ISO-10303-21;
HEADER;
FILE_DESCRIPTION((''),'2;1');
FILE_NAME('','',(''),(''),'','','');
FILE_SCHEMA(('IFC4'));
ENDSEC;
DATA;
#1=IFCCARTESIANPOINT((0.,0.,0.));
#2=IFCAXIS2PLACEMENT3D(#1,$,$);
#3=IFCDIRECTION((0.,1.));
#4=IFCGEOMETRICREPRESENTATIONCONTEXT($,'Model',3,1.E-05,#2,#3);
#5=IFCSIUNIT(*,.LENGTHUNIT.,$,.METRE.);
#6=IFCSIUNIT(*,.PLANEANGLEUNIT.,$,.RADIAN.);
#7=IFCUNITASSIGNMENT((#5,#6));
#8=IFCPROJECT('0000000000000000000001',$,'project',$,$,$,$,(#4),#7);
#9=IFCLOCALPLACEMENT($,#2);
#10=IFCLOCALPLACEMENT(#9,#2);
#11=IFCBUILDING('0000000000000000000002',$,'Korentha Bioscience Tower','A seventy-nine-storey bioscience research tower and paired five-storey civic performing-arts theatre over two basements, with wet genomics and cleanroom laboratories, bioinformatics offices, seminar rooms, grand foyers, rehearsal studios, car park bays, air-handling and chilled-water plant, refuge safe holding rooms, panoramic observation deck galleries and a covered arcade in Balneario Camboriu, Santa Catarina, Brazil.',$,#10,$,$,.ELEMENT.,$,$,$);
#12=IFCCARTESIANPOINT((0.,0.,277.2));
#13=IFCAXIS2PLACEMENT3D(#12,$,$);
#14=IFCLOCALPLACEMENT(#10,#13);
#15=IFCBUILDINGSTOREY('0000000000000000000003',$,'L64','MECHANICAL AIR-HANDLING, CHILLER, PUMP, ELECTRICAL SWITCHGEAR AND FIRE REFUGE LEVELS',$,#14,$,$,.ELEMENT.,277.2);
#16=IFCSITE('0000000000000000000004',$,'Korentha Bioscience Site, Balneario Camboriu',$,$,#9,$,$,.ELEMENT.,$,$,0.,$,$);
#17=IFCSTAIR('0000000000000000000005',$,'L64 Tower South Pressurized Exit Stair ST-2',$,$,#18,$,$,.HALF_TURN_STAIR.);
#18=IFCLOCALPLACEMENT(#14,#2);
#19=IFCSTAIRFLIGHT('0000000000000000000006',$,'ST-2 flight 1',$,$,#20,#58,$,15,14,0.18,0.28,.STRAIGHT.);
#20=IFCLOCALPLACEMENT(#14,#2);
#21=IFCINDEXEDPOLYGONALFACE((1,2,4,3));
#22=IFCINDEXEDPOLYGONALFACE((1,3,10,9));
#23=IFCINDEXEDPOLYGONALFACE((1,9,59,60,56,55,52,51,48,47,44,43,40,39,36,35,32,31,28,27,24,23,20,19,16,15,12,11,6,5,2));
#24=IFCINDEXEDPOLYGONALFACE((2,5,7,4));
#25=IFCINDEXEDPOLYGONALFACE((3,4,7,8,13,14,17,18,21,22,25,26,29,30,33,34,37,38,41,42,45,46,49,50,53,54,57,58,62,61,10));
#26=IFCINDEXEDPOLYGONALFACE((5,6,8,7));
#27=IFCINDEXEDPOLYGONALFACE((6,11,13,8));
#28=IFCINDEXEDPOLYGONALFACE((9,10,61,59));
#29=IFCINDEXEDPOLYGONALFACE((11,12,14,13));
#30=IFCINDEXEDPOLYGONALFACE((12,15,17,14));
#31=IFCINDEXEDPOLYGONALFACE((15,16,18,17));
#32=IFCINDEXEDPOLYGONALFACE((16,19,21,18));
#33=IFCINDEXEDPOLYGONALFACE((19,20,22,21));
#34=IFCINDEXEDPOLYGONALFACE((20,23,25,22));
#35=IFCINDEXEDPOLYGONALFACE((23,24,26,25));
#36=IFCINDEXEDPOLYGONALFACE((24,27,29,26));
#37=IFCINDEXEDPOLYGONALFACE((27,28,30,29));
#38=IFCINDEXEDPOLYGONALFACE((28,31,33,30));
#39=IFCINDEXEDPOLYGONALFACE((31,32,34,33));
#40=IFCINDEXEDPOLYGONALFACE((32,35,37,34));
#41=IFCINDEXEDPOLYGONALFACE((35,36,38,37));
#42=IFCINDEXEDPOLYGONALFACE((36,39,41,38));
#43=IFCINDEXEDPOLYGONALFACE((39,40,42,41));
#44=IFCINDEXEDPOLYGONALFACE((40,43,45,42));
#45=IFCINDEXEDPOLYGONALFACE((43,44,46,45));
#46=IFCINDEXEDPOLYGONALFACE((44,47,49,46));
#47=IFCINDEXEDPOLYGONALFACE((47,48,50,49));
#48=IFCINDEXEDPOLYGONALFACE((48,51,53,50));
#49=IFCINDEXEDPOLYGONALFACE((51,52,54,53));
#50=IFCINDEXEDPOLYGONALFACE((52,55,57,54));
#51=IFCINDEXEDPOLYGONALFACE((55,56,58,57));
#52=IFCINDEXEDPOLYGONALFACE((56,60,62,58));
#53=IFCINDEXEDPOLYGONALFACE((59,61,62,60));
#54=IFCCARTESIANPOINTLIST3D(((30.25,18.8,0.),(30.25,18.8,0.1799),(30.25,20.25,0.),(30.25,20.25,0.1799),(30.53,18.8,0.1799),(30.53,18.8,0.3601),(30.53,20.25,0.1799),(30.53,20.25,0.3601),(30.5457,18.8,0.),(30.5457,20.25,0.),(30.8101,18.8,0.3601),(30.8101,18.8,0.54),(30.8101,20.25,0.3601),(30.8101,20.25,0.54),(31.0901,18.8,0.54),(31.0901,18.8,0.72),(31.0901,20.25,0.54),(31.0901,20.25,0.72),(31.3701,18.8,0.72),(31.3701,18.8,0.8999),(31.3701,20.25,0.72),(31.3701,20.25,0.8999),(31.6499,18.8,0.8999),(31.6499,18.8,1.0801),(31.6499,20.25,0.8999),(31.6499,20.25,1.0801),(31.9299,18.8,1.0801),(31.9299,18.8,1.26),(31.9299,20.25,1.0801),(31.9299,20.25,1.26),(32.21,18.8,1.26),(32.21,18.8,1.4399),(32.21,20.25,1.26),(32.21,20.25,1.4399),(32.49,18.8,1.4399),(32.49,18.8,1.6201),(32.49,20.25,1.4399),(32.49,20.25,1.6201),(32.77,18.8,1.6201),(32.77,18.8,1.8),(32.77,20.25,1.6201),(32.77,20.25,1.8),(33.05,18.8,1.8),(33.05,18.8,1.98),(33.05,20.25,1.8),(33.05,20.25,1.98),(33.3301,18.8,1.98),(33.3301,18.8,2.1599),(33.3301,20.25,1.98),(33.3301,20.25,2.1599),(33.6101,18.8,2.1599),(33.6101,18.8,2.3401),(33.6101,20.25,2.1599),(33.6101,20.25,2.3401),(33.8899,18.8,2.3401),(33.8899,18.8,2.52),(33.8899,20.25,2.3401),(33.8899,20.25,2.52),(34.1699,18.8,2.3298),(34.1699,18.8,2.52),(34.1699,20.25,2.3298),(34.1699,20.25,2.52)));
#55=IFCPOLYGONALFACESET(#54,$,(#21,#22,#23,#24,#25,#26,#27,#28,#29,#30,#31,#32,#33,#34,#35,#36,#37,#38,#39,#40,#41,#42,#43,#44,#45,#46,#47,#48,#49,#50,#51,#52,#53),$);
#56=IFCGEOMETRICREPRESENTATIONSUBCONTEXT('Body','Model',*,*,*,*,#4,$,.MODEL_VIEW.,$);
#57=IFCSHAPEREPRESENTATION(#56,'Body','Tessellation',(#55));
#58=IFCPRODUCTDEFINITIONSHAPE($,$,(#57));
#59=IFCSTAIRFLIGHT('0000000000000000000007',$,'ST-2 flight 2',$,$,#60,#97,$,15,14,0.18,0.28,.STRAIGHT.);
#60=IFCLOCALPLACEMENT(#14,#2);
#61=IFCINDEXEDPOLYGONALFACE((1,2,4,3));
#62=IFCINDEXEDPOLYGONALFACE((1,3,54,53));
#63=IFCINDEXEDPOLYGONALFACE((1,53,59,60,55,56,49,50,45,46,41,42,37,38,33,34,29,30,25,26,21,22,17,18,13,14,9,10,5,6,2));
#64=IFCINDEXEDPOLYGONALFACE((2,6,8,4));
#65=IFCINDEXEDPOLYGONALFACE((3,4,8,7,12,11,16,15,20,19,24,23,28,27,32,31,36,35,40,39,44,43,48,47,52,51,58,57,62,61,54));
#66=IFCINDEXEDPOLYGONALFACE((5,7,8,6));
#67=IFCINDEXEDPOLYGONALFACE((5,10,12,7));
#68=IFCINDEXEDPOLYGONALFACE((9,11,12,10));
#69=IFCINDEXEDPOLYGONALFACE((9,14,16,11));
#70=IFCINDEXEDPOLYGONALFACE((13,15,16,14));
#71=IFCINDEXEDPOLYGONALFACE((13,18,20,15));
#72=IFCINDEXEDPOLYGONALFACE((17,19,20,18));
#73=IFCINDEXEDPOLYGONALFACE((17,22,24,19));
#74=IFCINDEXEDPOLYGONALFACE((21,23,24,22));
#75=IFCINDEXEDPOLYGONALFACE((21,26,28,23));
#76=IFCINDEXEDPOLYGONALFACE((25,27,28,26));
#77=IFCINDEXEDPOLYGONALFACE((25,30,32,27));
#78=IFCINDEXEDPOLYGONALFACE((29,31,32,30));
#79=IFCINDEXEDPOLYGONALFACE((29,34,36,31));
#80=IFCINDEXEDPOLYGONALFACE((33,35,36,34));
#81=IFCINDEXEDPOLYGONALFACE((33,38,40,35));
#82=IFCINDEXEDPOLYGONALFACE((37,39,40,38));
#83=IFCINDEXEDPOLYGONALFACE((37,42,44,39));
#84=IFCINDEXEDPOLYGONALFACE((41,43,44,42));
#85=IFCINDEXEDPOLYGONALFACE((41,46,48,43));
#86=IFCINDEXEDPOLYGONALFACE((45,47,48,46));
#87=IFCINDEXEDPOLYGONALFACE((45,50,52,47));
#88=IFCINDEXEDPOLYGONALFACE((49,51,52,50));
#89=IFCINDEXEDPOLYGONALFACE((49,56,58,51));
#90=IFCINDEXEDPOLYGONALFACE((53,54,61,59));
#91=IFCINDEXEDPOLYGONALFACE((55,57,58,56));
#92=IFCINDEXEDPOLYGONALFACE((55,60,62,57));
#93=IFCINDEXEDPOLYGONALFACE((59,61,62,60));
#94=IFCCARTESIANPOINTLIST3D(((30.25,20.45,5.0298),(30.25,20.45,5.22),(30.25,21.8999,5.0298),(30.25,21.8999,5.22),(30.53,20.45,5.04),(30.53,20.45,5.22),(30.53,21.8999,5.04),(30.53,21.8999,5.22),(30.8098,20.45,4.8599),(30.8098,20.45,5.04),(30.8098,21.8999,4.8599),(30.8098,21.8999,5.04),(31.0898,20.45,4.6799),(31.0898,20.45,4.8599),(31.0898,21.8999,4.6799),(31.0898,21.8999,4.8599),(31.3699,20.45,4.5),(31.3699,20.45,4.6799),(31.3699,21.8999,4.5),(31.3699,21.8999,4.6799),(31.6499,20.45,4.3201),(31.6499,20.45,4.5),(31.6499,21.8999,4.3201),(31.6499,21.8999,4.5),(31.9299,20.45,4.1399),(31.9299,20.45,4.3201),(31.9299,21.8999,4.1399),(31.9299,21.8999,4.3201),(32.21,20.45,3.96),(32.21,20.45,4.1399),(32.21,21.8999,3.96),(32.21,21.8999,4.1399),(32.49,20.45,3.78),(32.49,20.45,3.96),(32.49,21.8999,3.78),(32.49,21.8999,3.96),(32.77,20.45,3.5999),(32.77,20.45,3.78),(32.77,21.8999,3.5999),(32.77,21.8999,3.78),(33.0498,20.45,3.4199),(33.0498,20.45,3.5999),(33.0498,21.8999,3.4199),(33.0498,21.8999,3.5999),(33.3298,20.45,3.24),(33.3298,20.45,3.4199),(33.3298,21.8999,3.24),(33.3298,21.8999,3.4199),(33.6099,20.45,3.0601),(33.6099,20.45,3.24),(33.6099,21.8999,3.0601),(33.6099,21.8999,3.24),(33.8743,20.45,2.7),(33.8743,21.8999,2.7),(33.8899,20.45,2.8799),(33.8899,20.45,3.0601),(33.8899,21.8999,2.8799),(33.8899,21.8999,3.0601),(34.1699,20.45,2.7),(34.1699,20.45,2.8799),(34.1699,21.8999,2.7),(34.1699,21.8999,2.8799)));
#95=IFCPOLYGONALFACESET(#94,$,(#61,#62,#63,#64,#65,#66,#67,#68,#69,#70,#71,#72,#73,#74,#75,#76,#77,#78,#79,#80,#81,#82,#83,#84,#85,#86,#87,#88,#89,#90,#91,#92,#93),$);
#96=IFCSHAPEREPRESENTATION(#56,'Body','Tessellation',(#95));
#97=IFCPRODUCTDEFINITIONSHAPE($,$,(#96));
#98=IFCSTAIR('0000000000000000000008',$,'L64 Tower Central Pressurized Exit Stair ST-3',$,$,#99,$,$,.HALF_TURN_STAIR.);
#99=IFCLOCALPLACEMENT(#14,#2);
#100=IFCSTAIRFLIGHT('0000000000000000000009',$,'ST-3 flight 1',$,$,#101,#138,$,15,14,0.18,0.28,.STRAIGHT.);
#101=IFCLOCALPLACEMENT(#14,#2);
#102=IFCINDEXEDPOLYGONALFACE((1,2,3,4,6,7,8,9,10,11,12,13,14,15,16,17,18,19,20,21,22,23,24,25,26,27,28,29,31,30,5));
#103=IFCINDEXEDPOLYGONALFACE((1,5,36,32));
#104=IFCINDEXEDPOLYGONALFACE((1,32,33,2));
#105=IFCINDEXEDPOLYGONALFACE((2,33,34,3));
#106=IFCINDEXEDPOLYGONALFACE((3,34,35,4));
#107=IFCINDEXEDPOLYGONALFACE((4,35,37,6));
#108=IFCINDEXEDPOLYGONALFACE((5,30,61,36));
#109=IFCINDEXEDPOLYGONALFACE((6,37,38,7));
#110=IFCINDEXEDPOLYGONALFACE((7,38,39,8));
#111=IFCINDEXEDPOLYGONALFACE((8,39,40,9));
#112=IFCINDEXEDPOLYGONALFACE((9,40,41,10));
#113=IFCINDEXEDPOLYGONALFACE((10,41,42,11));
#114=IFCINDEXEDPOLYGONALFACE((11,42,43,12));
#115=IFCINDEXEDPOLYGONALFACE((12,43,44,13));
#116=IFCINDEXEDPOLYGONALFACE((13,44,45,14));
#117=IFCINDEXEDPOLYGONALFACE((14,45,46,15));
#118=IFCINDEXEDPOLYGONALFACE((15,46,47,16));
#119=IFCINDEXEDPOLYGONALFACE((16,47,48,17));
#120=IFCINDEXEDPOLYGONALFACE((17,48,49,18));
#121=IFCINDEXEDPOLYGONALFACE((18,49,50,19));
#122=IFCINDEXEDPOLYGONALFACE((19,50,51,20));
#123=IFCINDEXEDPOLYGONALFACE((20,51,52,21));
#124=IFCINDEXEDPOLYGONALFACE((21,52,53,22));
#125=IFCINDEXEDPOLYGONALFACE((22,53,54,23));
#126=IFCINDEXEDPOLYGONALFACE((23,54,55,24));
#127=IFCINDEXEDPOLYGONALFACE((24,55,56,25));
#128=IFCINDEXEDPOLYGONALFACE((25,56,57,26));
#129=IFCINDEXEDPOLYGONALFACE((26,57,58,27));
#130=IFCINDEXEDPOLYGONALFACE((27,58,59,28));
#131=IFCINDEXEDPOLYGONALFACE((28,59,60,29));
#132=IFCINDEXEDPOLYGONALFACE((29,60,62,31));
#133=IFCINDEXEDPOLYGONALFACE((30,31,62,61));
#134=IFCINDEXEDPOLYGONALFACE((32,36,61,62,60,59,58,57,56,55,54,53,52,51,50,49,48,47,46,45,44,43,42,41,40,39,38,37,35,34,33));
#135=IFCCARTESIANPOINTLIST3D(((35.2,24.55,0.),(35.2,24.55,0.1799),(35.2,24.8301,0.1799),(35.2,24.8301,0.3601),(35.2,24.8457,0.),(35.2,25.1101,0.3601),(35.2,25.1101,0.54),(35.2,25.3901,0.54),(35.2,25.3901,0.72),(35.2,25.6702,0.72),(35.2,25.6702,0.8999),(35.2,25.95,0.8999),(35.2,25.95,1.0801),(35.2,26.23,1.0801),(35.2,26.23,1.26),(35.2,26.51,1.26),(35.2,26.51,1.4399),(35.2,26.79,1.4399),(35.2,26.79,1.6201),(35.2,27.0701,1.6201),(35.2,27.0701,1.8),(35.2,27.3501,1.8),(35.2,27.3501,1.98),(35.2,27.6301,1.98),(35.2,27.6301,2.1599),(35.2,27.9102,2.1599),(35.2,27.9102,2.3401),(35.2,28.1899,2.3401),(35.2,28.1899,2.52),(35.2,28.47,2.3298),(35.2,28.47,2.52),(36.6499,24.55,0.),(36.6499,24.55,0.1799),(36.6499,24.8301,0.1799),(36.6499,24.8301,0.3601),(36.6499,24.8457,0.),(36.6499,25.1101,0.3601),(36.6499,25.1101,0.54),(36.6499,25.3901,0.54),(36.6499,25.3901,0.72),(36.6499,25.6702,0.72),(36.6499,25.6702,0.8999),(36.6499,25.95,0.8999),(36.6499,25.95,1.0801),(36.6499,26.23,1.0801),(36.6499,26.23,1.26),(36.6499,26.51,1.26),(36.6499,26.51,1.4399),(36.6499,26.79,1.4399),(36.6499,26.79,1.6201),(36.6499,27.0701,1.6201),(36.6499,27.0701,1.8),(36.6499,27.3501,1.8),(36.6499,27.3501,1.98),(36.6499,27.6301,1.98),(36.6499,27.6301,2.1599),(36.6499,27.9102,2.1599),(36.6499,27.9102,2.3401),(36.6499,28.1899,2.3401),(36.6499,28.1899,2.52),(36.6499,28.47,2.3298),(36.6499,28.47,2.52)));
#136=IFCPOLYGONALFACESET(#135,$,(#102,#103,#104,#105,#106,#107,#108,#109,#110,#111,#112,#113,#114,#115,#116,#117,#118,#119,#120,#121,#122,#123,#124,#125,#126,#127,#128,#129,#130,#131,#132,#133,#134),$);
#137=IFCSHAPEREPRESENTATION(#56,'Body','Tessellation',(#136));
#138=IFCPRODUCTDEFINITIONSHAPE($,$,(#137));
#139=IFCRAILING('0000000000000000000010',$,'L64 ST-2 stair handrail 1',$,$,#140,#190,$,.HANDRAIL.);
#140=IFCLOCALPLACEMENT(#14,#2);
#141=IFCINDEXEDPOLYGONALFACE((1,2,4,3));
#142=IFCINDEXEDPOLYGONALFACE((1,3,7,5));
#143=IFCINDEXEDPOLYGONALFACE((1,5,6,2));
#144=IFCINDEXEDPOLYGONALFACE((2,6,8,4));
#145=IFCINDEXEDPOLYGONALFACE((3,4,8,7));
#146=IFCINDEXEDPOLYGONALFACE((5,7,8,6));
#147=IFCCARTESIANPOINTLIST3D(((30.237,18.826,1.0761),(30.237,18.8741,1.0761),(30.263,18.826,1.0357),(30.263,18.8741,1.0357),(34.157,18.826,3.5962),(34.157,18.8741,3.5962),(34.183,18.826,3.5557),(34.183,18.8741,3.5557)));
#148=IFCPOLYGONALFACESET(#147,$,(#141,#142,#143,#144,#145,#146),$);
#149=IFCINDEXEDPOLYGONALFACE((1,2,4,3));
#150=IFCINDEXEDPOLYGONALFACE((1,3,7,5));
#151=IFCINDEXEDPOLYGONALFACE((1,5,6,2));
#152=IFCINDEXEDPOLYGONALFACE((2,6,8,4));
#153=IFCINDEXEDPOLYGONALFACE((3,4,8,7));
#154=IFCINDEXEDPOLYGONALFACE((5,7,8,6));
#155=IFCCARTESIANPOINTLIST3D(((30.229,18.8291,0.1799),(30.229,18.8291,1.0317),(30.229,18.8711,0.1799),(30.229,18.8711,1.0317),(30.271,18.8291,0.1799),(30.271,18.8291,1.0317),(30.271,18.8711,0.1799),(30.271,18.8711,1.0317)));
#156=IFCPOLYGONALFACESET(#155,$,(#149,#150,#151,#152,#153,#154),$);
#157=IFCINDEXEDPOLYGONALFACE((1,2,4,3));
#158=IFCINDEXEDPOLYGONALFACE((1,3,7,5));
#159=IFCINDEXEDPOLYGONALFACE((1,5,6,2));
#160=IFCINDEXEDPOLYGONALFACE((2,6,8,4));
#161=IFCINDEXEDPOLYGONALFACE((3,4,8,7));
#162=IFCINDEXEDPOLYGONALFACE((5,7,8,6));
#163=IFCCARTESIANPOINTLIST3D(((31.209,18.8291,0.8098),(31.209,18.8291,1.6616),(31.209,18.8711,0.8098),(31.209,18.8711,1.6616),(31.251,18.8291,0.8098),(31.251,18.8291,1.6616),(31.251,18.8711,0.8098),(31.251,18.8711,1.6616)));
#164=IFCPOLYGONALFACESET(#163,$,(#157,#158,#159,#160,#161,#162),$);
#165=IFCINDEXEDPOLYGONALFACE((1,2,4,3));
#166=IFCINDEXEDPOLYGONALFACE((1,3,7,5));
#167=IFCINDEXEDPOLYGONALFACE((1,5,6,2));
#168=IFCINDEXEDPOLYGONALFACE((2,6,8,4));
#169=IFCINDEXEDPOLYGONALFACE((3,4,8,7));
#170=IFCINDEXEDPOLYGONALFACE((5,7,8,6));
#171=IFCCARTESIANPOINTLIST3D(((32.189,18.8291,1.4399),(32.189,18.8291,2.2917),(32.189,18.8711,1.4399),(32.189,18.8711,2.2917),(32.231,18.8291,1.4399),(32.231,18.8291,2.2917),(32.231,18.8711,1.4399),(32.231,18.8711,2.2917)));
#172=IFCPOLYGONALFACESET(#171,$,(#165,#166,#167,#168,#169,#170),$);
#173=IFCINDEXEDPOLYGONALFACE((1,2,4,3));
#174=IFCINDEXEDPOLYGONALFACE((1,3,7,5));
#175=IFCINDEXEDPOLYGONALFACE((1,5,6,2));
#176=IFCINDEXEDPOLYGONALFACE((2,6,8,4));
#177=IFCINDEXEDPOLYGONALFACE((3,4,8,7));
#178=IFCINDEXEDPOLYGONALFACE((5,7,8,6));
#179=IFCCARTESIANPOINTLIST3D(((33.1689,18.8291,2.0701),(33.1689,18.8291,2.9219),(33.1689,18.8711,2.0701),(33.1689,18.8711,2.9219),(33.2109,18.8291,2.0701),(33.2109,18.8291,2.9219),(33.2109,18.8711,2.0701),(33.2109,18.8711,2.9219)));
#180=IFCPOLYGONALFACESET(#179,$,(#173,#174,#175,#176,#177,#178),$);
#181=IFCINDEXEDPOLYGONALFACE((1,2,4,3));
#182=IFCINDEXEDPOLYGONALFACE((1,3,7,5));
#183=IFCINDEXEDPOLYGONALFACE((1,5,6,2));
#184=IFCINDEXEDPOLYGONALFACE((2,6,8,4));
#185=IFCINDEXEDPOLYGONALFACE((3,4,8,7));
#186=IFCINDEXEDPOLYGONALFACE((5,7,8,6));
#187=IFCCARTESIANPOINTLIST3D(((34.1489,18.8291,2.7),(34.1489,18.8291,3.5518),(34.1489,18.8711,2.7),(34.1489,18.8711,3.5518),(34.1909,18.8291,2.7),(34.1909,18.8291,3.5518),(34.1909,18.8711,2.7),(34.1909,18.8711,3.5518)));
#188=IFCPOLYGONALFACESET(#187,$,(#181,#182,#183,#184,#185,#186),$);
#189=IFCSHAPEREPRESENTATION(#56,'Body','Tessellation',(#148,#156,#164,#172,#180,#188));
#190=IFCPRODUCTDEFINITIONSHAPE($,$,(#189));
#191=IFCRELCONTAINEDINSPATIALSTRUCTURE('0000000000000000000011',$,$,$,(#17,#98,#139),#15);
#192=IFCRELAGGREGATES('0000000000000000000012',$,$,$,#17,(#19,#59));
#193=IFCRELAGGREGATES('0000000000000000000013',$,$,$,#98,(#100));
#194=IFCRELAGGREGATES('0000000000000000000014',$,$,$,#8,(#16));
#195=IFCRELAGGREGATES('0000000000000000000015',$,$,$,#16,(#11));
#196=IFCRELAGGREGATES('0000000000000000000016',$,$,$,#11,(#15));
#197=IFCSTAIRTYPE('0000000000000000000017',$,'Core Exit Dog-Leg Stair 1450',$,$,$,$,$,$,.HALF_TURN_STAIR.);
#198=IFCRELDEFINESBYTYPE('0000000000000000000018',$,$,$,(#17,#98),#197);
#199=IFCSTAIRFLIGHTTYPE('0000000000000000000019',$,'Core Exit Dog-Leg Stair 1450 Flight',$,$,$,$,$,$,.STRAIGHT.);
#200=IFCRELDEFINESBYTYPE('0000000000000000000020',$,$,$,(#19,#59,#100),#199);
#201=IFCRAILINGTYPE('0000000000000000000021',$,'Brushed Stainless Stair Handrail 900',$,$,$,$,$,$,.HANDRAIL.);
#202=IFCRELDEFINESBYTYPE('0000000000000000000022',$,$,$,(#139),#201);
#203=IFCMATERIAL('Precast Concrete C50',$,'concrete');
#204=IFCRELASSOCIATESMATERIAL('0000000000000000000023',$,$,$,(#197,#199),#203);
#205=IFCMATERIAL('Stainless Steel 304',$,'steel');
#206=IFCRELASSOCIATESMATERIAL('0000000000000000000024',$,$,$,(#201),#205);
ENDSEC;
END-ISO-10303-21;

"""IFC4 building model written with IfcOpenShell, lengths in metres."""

from ifc_helpers import new_model, si_unit, direction, frame, origin, origin_2d, place, context, subcontext, project, spatial, polyline, rectangle, outline, extrude, material, type_object, element, aggregate, save


model = new_model("IFC4")

# Units and contexts
model_context = context("Model", 3, precision=1e-05, world=origin(), true_north=direction((0.0, 1.0)))
body_context = subcontext(model_context, "Body", "Model", "MODEL_VIEW")
ifc_project = project(units=[si_unit("LENGTHUNIT", "METRE"), si_unit("PLANEANGLEUNIT", "RADIAN")], contexts=[model_context])

# Site, building, storey
site_placement = place(None, origin())
site = spatial("IfcSite", under=ifc_project, at=site_placement, Name="Korentha Bioscience Site, Balneario Camboriu", CompositionType="ELEMENT", RefElevation=0.0)
building_placement = place(site_placement, origin())
building = spatial("IfcBuilding", under=site, at=building_placement, Name="Korentha Bioscience Tower", Description="A seventy-nine-storey bioscience research tower and paired five-storey civic performing-arts theatre over two basements, with wet genomics and cleanroom laboratories, bioinformatics offices, seminar rooms, grand foyers, rehearsal studios, car park bays, air-handling and chilled-water plant, refuge safe holding rooms, panoramic observation deck galleries and a covered arcade in Balneario Camboriu, Santa Catarina, Brazil.", CompositionType="ELEMENT")
storey_placement = place(building_placement, frame((0.0, 0.0, 277.2)))
storey = spatial("IfcBuildingStorey", under=building, at=storey_placement, Name="L64", Description="MECHANICAL AIR-HANDLING, CHILLER, PUMP, ELECTRICAL SWITCHGEAR AND FIRE REFUGE LEVELS", CompositionType="ELEMENT", Elevation=277.2)

# Stair, stair flights
ifc_material_1 = material(Name="Precast Concrete C50", Category="concrete")
stair_type = type_object("IfcStairType", Name="Core Exit Dog-Leg Stair 1450", PredefinedType="HALF_TURN_STAIR", material=ifc_material_1)
stair_1_placement = place(storey_placement, origin())
stair_1 = element("IfcStair", 1, at=stair_1_placement, inside=storey, type_object=stair_type, Name="L64 Tower South Pressurized Exit Stair ST-2", PredefinedType="HALF_TURN_STAIR")
stair_flight_type = type_object("IfcStairFlightType", Name="Core Exit Dog-Leg Stair 1450 Flight", PredefinedType="STRAIGHT", material=ifc_material_1)
stair_flight_1_placement = place(storey_placement, frame((30.25, 19.5249, 0.0), z_axis=(0.0, 0.0, 1.0), x_axis=(1.0, 0.0, 0.0)))
stair_flight_1 = element("IfcStairFlight", 2, at=stair_flight_1_placement, type_object=stair_flight_type, Name="ST-2 flight 1", NumberOfRisers=15, NumberOfTreads=14, PredefinedType="STRAIGHT", RiserHeight=0.18, TreadLength=0.28, context=body_context, shape_type="SweptSolid", body=[
    extrude(outline(polyline([(0.0, 0.0), (0.0, 0.1799), (0.28, 0.1799), (0.28, 0.3601), (0.5601, 0.3601), (0.5601, 0.54), (0.8401, 0.54), (0.8401, 0.72), (1.1201, 0.72), (1.1201, 0.8999), (1.3999, 0.8999), (1.3999, 1.0801), (1.6799, 1.0801), (1.6799, 1.26), (1.96, 1.26), (1.96, 1.4399), (2.24, 1.4399), (2.24, 1.6201), (2.52, 1.6201), (2.52, 1.8), (2.8, 1.8), (2.8, 1.98), (3.0801, 1.98), (3.0801, 2.1599), (3.3601, 2.1599), (3.3601, 2.3401), (3.6399, 2.3401), (3.6399, 2.52), (3.9199, 2.52), (3.9199, 2.7), (3.9199, 2.3298), (0.2957, 0.0), (0.0, 0.0)])), frame((0.0, 0.7251, 0.0), z_axis=(0.0, -1.0, 0.0), x_axis=(1.0, 0.0, 0.0)), (0.0, 0.0, 1.0), 1.45),
])
stair_flight_2_placement = place(storey_placement, frame((34.1699, 21.175, 2.7), z_axis=(0.0, 0.0, 1.0), x_axis=(-1.0, 0.0, 0.0)))
stair_flight_2 = element("IfcStairFlight", 3, at=stair_flight_2_placement, type_object=stair_flight_type, Name="ST-2 flight 2", NumberOfRisers=15, NumberOfTreads=14, PredefinedType="STRAIGHT", RiserHeight=0.18, TreadLength=0.28, context=body_context, shape_type="SweptSolid", body=[
    extrude(outline(polyline([(0.0, 0.0), (0.0, 0.1799), (0.28, 0.1799), (0.28, 0.3601), (0.5601, 0.3601), (0.5601, 0.54), (0.8401, 0.54), (0.8401, 0.72), (1.1201, 0.72), (1.1201, 0.8999), (1.3999, 0.8999), (1.3999, 1.0801), (1.6799, 1.0801), (1.6799, 1.26), (1.96, 1.26), (1.96, 1.4399), (2.24, 1.4399), (2.24, 1.6201), (2.52, 1.6201), (2.52, 1.8), (2.8, 1.8), (2.8, 1.98), (3.0801, 1.98), (3.0801, 2.1599), (3.3601, 2.1599), (3.3601, 2.3401), (3.6399, 2.3401), (3.6399, 2.52), (3.9199, 2.52), (3.9199, 2.7), (3.9199, 2.3298), (0.2957, 0.0), (0.0, 0.0)])), frame((0.0, 0.7251, 0.0), z_axis=(0.0, -1.0, 0.0), x_axis=(1.0, 0.0, 0.0)), (0.0, 0.0, 1.0), 1.45),
])
aggregate(stair_1, [stair_flight_1, stair_flight_2])

# Stair, stair flight
stair_2_placement = place(storey_placement, origin())
stair_2 = element("IfcStair", 4, at=stair_2_placement, inside=storey, type_object=stair_type, Name="L64 Tower Central Pressurized Exit Stair ST-3", PredefinedType="HALF_TURN_STAIR")
stair_flight_3_placement = place(storey_placement, frame((35.925, 24.55, 0.0), z_axis=(0.0, 0.0, 1.0), x_axis=(0.0, 1.0, 0.0)))
stair_flight_3 = element("IfcStairFlight", 5, at=stair_flight_3_placement, type_object=stair_flight_type, Name="ST-3 flight 1", NumberOfRisers=15, NumberOfTreads=14, PredefinedType="STRAIGHT", RiserHeight=0.18, TreadLength=0.28, context=body_context, shape_type="SweptSolid", body=[
    extrude(outline(polyline([(0.0, 0.0), (0.0, 0.1799), (0.28, 0.1799), (0.28, 0.3601), (0.5601, 0.3601), (0.5601, 0.54), (0.8401, 0.54), (0.8401, 0.72), (1.1201, 0.72), (1.1201, 0.8999), (1.3999, 0.8999), (1.3999, 1.0801), (1.6799, 1.0801), (1.6799, 1.26), (1.96, 1.26), (1.96, 1.4399), (2.24, 1.4399), (2.24, 1.6201), (2.52, 1.6201), (2.52, 1.8), (2.8, 1.8), (2.8, 1.98), (3.0801, 1.98), (3.0801, 2.1599), (3.3601, 2.1599), (3.3601, 2.3401), (3.6399, 2.3401), (3.6399, 2.52), (3.9199, 2.52), (3.9199, 2.7), (3.9199, 2.3298), (0.2957, 0.0), (0.0, 0.0)])), frame((0.0, 0.7251, 0.0), z_axis=(0.0, -1.0, 0.0), x_axis=(1.0, 0.0, 0.0)), (0.0, 0.0, 1.0), 1.45),
])
aggregate(stair_2, [stair_flight_3])

# Railing
ifc_material_2 = material(Name="Stainless Steel 304", Category="steel")
railing_type_1 = type_object("IfcRailingType", Name="Brushed Stainless Stair Handrail 900", PredefinedType="HANDRAIL", material=ifc_material_2)
railing_1_placement = place(storey_placement, frame((30.25, 18.8501, 0.1799)))
element("IfcRailing", 6, at=railing_1_placement, inside=storey, type_object=railing_type_1, Name="L64 ST-2 stair handrail 1", PredefinedType="HANDRAIL", context=body_context, shape_type="SweptSolid", body=[
    extrude(rectangle(XDim=0.0481, YDim=0.0481, at=origin_2d()), frame((0.0, 0.0, 0.876), z_axis=(0.841172, 0.0, 0.540768), x_axis=(0.0, 1.0, 0.0)), (0.0, 0.0, 1.0), 4.6602),
    extrude(rectangle(XDim=0.042, YDim=0.042, at=origin_2d()), origin(), (0.0, 0.0, 1.0), 0.8518),
    extrude(rectangle(XDim=0.042, YDim=0.042, at=origin_2d()), frame((0.98, 0.0, 0.6299)), (0.0, 0.0, 1.0), 0.8518),
    extrude(rectangle(XDim=0.042, YDim=0.042, at=origin_2d()), frame((1.96, 0.0, 1.26)), (0.0, 0.0, 1.0), 0.8518),
    extrude(rectangle(XDim=0.042, YDim=0.042, at=origin_2d()), frame((2.9399, 0.0, 1.8901)), (0.0, 0.0, 1.0), 0.8518),
    extrude(rectangle(XDim=0.042, YDim=0.042, at=origin_2d()), frame((3.9199, 0.0, 2.52)), (0.0, 0.0, 1.0), 0.8518),
])

save(model, "model.ifc")
